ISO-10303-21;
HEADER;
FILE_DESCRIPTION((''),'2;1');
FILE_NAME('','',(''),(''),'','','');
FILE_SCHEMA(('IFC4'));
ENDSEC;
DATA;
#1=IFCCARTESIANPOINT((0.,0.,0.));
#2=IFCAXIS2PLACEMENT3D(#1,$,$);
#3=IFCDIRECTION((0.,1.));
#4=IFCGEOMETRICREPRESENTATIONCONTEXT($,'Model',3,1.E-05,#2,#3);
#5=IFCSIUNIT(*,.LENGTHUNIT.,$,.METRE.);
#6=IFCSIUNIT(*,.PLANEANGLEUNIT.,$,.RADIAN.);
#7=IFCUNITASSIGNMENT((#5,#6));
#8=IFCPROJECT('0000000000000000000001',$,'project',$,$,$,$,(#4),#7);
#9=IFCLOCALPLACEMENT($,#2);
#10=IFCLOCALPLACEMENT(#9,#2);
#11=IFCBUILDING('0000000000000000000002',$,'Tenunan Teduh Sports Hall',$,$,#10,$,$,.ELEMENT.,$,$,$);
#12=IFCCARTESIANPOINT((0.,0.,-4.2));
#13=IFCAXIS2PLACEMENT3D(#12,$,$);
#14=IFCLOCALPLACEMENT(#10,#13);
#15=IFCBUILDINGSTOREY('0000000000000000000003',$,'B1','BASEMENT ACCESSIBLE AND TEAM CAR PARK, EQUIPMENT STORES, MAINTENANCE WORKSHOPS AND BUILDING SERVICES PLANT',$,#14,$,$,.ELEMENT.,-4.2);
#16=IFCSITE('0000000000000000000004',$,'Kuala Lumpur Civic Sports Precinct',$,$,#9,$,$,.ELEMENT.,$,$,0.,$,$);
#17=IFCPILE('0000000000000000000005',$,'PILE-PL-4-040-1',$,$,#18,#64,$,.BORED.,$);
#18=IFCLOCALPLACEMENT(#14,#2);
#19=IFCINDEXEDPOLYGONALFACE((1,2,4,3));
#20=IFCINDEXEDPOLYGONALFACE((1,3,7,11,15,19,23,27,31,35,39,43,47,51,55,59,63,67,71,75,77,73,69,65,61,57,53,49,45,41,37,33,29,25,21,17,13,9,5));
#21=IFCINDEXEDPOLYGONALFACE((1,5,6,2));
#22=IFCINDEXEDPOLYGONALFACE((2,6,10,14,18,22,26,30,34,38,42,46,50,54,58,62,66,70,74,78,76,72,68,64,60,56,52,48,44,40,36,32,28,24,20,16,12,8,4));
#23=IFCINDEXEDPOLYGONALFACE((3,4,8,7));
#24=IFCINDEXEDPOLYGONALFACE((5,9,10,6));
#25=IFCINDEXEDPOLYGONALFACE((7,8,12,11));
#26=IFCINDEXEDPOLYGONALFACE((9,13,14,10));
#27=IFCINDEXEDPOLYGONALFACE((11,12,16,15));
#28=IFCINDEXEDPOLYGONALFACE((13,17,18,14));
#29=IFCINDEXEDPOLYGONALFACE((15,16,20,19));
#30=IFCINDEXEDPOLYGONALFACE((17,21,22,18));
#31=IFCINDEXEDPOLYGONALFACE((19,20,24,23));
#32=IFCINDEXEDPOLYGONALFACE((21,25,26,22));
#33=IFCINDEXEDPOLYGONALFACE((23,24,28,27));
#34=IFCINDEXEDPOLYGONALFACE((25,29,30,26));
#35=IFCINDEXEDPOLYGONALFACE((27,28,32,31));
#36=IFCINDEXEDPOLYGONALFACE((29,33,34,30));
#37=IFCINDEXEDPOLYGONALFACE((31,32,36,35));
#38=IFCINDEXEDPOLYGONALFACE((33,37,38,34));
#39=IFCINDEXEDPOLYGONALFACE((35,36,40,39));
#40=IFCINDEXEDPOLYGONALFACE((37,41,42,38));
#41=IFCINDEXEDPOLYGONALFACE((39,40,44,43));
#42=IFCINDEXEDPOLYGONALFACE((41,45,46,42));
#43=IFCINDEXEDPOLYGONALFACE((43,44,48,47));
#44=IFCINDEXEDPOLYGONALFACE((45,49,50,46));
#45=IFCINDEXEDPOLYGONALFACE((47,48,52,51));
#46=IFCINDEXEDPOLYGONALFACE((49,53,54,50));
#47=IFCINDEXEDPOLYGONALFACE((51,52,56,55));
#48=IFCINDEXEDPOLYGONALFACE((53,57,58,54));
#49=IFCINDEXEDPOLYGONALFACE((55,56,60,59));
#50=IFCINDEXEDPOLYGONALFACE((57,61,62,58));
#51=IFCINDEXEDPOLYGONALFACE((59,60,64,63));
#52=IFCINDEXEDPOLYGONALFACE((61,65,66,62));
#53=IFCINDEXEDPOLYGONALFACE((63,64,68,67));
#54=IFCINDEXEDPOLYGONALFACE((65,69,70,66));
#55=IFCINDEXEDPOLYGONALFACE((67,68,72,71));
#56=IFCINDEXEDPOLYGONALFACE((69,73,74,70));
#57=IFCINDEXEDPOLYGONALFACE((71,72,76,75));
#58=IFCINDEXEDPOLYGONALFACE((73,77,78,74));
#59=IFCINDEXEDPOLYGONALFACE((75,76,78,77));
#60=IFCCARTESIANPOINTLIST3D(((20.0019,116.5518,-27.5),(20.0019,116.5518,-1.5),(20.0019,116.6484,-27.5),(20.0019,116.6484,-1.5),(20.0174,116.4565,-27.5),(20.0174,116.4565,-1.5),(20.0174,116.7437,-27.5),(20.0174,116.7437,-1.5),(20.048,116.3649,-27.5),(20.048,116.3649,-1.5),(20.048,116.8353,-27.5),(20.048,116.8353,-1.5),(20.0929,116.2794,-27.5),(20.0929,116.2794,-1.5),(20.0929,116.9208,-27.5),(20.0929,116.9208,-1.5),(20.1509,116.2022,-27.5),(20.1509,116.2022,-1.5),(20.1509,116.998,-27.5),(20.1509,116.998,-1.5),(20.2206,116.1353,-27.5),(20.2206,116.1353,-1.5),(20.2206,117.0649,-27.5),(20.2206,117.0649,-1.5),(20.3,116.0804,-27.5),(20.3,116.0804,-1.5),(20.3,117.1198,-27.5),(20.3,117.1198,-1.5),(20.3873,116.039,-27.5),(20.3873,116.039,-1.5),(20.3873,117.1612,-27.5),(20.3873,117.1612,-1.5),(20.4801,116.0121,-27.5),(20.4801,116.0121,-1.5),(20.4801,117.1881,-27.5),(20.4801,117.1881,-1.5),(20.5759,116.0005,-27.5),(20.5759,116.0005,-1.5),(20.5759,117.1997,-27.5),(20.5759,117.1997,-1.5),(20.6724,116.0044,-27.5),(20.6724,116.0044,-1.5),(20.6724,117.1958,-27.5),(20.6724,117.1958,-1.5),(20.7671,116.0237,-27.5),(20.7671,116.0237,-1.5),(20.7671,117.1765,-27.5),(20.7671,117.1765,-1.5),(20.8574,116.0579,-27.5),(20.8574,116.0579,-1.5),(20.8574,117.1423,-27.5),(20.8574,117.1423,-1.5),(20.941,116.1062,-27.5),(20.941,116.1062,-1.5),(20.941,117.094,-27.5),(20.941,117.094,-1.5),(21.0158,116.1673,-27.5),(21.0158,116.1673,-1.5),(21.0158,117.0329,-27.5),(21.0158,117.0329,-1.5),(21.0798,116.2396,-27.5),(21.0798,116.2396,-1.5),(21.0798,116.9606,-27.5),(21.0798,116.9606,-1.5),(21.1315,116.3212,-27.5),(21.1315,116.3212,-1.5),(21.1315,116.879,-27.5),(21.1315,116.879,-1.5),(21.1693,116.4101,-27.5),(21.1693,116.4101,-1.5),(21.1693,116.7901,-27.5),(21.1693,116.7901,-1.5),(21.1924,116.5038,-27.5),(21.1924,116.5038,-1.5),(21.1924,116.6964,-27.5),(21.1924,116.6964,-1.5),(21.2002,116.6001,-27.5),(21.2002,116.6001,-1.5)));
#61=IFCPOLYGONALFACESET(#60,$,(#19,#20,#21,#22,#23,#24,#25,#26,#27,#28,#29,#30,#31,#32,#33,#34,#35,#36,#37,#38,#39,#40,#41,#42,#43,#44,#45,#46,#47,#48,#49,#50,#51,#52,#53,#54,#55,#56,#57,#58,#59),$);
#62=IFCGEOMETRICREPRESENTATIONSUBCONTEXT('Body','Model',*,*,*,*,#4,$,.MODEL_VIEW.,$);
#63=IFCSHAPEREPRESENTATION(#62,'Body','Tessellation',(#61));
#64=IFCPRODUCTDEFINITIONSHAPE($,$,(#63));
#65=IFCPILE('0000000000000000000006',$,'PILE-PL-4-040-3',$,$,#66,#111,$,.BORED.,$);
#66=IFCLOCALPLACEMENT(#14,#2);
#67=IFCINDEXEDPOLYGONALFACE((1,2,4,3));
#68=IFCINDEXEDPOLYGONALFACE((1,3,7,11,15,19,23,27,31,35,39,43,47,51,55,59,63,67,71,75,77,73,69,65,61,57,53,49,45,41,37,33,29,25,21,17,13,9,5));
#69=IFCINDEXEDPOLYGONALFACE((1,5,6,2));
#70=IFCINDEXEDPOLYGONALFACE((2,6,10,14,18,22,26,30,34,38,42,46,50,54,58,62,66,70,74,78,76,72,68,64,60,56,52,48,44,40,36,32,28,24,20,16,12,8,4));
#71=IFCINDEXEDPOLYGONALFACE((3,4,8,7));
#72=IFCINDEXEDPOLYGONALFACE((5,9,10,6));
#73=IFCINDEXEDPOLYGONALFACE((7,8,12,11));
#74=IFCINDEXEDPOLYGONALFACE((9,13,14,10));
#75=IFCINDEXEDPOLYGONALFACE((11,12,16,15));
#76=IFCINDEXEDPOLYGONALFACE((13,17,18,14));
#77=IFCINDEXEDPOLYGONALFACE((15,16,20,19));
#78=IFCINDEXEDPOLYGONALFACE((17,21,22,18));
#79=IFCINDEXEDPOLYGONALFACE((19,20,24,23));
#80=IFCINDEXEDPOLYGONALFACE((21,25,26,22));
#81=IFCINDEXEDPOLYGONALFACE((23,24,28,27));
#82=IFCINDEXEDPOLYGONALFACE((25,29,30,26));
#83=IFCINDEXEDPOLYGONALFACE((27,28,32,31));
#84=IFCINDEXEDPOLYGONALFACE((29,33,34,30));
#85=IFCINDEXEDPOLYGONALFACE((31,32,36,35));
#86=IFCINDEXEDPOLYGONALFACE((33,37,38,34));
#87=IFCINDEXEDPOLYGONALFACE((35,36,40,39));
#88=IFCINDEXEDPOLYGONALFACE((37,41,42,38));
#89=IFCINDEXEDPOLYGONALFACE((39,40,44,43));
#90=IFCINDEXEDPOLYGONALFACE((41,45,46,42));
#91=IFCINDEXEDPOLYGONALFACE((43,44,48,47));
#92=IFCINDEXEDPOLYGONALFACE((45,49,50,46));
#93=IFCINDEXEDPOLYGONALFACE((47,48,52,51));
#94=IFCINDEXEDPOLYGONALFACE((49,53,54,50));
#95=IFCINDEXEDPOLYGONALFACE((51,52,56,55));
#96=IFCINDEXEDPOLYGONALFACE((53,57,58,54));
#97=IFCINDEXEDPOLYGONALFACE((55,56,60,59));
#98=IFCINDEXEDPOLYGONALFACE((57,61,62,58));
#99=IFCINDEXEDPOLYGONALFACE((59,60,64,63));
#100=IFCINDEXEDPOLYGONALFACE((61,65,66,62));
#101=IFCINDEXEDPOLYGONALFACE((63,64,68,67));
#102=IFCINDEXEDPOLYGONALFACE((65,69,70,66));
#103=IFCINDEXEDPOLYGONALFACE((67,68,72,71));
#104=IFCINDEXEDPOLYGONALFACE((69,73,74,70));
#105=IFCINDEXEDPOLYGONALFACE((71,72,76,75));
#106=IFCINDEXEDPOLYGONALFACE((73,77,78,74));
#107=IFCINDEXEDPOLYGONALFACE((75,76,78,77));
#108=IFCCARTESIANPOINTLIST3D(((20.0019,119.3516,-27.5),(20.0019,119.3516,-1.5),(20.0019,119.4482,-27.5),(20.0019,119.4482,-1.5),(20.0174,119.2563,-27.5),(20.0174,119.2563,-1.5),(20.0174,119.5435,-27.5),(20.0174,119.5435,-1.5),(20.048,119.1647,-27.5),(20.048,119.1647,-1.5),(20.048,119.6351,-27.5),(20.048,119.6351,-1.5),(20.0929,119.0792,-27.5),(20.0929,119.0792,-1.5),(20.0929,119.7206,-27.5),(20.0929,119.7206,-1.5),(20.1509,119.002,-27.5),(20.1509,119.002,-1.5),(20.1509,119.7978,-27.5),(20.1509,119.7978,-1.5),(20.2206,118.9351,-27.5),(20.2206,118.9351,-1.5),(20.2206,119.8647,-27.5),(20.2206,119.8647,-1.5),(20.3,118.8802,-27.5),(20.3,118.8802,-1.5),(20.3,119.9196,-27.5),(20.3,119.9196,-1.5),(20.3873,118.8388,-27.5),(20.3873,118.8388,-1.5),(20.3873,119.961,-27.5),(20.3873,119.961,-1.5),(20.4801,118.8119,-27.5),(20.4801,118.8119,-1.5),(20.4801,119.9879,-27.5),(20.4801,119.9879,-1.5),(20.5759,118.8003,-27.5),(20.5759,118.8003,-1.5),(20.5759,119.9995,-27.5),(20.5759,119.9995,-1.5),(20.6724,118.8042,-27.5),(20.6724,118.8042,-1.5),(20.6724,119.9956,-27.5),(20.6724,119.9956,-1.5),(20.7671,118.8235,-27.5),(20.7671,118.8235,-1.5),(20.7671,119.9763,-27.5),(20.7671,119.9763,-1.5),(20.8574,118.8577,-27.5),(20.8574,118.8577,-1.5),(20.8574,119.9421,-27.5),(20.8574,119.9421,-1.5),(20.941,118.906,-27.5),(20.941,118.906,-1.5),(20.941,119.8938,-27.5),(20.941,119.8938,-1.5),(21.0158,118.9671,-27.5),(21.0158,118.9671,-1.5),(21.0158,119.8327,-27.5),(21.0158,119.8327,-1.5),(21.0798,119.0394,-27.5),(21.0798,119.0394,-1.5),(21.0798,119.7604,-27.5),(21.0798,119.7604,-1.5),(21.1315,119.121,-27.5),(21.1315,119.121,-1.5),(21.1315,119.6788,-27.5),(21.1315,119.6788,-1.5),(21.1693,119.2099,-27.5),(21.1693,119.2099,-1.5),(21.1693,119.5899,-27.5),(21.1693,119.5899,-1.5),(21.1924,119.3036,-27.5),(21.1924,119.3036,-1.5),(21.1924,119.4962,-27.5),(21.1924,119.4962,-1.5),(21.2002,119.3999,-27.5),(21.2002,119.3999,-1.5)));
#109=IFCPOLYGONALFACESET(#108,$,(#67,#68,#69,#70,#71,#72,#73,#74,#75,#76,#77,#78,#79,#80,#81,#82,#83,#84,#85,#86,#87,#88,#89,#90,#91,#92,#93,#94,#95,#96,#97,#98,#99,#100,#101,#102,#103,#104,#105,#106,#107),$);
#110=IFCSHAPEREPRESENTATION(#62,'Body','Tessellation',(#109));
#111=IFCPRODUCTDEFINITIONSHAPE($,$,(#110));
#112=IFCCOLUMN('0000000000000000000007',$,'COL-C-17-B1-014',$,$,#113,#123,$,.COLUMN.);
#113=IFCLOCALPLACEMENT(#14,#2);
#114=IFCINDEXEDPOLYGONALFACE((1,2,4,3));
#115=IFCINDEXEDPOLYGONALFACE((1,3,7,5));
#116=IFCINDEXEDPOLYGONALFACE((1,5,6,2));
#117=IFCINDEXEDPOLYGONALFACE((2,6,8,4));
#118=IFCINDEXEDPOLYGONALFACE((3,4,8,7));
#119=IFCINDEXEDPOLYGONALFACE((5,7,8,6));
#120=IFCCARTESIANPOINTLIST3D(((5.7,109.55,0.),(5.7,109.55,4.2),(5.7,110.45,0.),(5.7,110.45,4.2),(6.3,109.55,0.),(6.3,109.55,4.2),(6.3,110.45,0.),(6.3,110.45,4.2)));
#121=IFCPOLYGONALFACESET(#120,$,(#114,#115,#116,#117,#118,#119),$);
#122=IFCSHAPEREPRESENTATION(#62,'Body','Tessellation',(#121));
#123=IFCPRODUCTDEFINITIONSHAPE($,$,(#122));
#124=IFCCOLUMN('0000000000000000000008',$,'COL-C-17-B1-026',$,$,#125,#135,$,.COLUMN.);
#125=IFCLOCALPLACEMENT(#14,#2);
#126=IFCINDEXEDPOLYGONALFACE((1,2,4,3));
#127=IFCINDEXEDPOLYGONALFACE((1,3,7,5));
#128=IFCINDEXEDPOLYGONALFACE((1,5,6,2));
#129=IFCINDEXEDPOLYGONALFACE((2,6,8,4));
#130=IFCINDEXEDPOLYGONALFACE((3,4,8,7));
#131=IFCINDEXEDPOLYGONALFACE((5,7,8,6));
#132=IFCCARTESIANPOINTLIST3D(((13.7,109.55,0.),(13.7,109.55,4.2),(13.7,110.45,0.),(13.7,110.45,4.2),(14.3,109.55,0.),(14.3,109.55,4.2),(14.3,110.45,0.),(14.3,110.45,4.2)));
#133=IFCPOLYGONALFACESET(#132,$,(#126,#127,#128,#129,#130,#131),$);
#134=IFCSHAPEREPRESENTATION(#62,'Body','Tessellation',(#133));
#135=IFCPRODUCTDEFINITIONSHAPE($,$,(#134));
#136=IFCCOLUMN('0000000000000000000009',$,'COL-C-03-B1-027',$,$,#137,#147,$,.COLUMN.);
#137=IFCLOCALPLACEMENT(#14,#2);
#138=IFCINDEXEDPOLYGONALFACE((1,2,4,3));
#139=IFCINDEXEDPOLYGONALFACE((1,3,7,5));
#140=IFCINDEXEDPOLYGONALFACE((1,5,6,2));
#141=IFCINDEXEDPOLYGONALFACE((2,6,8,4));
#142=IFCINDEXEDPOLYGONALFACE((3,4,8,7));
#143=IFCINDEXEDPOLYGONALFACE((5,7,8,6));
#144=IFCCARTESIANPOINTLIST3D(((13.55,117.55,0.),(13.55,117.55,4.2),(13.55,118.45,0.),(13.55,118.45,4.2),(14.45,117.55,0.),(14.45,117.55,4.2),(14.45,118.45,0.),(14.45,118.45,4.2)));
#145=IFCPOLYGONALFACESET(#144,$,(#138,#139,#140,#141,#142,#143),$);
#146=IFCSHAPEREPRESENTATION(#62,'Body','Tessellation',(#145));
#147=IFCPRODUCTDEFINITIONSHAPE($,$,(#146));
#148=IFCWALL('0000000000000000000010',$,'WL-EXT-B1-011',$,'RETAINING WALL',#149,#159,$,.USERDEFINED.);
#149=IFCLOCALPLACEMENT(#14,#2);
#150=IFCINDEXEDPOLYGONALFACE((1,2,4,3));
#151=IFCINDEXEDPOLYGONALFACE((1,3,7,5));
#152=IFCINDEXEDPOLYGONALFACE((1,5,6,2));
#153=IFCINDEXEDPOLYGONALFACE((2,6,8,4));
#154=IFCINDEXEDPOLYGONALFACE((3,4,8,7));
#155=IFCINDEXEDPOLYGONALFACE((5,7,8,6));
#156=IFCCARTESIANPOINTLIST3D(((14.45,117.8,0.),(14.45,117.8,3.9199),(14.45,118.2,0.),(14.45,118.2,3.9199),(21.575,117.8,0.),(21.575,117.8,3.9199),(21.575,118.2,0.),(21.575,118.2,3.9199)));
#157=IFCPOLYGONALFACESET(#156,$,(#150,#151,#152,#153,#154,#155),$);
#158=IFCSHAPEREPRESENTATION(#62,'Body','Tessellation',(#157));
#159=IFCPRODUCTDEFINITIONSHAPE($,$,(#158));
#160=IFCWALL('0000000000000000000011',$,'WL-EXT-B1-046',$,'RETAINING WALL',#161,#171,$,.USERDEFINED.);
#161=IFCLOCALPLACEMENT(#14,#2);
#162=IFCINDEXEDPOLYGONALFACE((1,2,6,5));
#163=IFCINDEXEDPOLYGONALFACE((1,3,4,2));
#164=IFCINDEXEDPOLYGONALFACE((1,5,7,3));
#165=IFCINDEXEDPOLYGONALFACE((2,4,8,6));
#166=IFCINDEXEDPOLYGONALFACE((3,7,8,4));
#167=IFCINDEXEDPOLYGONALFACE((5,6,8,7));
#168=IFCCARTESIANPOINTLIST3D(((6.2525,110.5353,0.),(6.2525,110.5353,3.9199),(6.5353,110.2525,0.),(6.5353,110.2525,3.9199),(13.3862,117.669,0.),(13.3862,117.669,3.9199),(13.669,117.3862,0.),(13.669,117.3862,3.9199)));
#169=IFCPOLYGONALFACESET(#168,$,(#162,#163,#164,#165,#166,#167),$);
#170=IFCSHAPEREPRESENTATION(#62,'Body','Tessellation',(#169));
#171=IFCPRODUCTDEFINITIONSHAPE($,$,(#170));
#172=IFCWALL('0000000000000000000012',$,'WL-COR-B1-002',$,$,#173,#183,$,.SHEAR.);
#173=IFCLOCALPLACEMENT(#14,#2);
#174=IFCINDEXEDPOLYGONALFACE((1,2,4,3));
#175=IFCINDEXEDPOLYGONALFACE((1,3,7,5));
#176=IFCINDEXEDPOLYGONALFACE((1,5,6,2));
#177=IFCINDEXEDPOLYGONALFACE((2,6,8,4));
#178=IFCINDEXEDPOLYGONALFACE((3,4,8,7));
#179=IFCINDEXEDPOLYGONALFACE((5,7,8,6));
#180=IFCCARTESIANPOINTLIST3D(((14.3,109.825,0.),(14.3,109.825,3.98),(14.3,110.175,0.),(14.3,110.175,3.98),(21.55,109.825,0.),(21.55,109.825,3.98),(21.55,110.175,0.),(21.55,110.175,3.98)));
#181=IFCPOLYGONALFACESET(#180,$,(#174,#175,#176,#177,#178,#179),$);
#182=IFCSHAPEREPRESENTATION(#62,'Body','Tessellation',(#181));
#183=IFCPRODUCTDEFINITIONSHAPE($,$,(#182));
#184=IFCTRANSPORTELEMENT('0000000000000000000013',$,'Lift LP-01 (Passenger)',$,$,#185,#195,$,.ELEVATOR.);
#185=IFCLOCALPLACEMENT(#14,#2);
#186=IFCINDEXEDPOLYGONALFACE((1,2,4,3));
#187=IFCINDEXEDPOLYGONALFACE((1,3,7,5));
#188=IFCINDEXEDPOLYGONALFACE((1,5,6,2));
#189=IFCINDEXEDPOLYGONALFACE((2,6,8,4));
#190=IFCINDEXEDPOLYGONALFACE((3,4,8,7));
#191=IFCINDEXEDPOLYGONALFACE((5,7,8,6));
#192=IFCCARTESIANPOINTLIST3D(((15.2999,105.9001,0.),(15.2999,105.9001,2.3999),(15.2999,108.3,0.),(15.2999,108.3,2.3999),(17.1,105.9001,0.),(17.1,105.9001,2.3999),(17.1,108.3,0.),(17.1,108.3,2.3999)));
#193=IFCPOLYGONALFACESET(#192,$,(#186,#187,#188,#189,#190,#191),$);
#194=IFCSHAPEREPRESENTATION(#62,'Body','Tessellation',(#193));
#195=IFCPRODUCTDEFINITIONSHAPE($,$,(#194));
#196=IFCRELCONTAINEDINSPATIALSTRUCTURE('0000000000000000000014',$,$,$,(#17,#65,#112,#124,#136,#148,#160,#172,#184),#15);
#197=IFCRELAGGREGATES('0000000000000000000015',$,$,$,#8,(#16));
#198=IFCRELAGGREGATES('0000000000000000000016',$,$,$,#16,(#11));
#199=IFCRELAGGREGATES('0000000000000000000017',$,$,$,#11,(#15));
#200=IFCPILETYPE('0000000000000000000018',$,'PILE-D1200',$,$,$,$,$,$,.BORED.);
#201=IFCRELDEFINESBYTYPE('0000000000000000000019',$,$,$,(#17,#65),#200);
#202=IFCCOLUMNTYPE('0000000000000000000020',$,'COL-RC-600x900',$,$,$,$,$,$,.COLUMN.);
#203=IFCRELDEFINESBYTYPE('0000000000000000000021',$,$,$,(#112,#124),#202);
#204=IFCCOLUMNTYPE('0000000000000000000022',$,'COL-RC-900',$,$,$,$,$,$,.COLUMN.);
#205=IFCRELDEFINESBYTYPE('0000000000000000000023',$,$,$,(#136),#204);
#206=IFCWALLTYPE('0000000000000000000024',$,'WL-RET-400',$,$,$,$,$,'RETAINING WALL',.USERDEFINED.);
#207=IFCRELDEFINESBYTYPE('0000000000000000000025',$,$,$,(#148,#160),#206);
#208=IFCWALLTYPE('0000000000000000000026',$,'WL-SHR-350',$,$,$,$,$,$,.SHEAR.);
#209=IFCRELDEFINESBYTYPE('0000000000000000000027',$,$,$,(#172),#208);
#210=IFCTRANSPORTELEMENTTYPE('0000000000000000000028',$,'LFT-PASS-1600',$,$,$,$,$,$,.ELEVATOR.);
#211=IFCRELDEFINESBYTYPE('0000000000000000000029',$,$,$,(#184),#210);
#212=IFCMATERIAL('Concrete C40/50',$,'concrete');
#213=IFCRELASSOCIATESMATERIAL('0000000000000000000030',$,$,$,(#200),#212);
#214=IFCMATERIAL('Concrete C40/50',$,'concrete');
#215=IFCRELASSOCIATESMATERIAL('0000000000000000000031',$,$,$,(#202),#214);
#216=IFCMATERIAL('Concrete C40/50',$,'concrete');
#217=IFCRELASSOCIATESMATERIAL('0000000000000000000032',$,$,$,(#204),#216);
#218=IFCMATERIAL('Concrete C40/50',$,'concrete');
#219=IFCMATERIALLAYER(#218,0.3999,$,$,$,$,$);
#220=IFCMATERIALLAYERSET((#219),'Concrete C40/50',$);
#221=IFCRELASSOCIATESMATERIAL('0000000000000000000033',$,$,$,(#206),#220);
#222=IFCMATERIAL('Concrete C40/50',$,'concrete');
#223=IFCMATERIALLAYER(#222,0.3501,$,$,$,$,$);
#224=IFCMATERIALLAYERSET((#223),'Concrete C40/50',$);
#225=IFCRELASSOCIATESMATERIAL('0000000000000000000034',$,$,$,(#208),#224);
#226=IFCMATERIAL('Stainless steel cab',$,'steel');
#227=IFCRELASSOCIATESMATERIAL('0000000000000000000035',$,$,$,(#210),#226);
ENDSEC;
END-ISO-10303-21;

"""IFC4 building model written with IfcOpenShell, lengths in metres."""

from ifc_helpers import new_model, si_unit, direction, frame, frame_2d, origin, origin_2d, place, context, subcontext, project, spatial, rectangle, circle, extrude, material, layer, layer_set, material_profile, profile_set, type_object, element, save


model = new_model("IFC4")

# Units and contexts
model_context = context("Model", 3, precision=1e-05, world=origin(), true_north=direction((0.0, 1.0)))
body_context = subcontext(model_context, "Body", "Model", "MODEL_VIEW")
ifc_project = project(units=[si_unit("LENGTHUNIT", "METRE"), si_unit("PLANEANGLEUNIT", "RADIAN")], contexts=[model_context])

# Site, building, storey
site_placement = place(None, origin())
site = spatial("IfcSite", under=ifc_project, at=site_placement, Name="Kuala Lumpur Civic Sports Precinct", CompositionType="ELEMENT", RefElevation=0.0)
building_placement = place(site_placement, origin())
building = spatial("IfcBuilding", under=site, at=building_placement, Name="Tenunan Teduh Sports Hall", CompositionType="ELEMENT")
storey_placement = place(building_placement, frame((0.0, 0.0, -4.2)))
storey = spatial("IfcBuildingStorey", under=building, at=storey_placement, Name="B1", Description="BASEMENT ACCESSIBLE AND TEAM CAR PARK, EQUIPMENT STORES, MAINTENANCE WORKSHOPS AND BUILDING SERVICES PLANT", CompositionType="ELEMENT", Elevation=-4.2)

# Piles
ifc_material_1 = material(Name="Concrete C40/50", Category="concrete")
ifc_material_profile_1 = material_profile(ifc_material_1, circle(Radius=0.6001, at=origin_2d()), Name="PILE D1200")
ifc_profile_set_1 = profile_set([ifc_material_profile_1], Name="Concrete C40/50")
pile_type = type_object("IfcPileType", Name="PILE-D1200", PredefinedType="BORED", material=ifc_profile_set_1)
for number, where, z_axis, x_axis, name in (
    (1, (20.6001, 116.6001, -1.5), (0.0, 0.0, -1.0), (1.0, 0.0, 0.0), "PILE-PL-4-040-1"),
    (2, (20.6001, 119.3999, -1.5), (0.0, 0.0, -1.0), (1.0, 0.0, 0.0), "PILE-PL-4-040-3"),
):
    element("IfcPile", number, at=place(storey_placement, frame(where, z_axis=z_axis, x_axis=x_axis)), inside=storey, type_object=pile_type, Name=name, PredefinedType="BORED", context=body_context, shape_type="SweptSolid", body=[
        extrude(circle(Radius=0.6001, at=origin_2d()), origin(), (0.0, 0.0, 1.0), 26.0),
    ])

# Columns
ifc_material_2 = material(Name="Concrete C40/50", Category="concrete")
ifc_material_profile_2 = material_profile(ifc_material_2, rectangle(XDim=0.6001, YDim=0.8999, at=origin_2d()), Name="RC 600x900")
ifc_profile_set_2 = profile_set([ifc_material_profile_2], Name="Concrete C40/50")
column_type_1 = type_object("IfcColumnType", Name="COL-RC-600x900", PredefinedType="COLUMN", material=ifc_profile_set_2)
for number, where, z_axis, x_axis, name in (
    (3, (6.0, 110.0, 0.0), (0.0, 0.0, 1.0), (1.0, 0.0, 0.0), "COL-C-17-B1-014"),
    (4, (14.0, 110.0, 0.0), (0.0, 0.0, 1.0), (1.0, 0.0, 0.0), "COL-C-17-B1-026"),
):
    element("IfcColumn", number, at=place(storey_placement, frame(where, z_axis=z_axis, x_axis=x_axis)), inside=storey, type_object=column_type_1, Name=name, PredefinedType="COLUMN", context=body_context, shape_type="SweptSolid", body=[
        extrude(rectangle(XDim=0.6001, YDim=0.8999, at=origin_2d()), origin(), (0.0, 0.0, 1.0), 4.2),
    ])
ifc_material_3 = material(Name="Concrete C40/50", Category="concrete")
ifc_material_profile_3 = material_profile(ifc_material_3, rectangle(XDim=0.8999, YDim=0.8999, at=origin_2d()), Name="RC 900x900")
ifc_profile_set_3 = profile_set([ifc_material_profile_3], Name="Concrete C40/50")
column_type_2 = type_object("IfcColumnType", Name="COL-RC-900", PredefinedType="COLUMN", material=ifc_profile_set_3)
column_placement = place(storey_placement, frame((14.0, 118.0, 0.0), z_axis=(0.0, 0.0, 1.0), x_axis=(1.0, 0.0, 0.0)))
element("IfcColumn", 5, at=column_placement, inside=storey, type_object=column_type_2, Name="COL-C-03-B1-027", PredefinedType="COLUMN", context=body_context, shape_type="SweptSolid", body=[
    extrude(rectangle(XDim=0.8999, YDim=0.8999, at=origin_2d()), origin(), (0.0, 0.0, 1.0), 4.2),
])

# Walls
ifc_material_4 = material(Name="Concrete C40/50", Category="concrete")
ifc_layer_1 = layer(ifc_material_4, 0.3999)
ifc_layer_set_1 = layer_set([ifc_layer_1], Name="Concrete C40/50")
wall_type_1 = type_object("IfcWallType", Name="WL-RET-400", ElementType="RETAINING WALL", PredefinedType="USERDEFINED", material=ifc_layer_set_1)
wall_1_placement = place(storey_placement, frame((14.45, 118.0, 0.0), z_axis=(0.0, 0.0, 1.0), x_axis=(1.0, 0.0, 0.0)))
element("IfcWall", 6, at=wall_1_placement, inside=storey, type_object=wall_type_1, Name="WL-EXT-B1-011", ObjectType="RETAINING WALL", PredefinedType="USERDEFINED", context=body_context, shape_type="SweptSolid", body=[
    extrude(rectangle(XDim=7.125, YDim=0.3999, at=frame_2d((3.5625, 0.0))), origin(), (0.0, 0.0, 1.0), 3.9199),
])
wall_2_placement = place(storey_placement, frame((6.3938, 110.3938, 0.0), z_axis=(0.0, 0.0, 1.0), x_axis=(0.707107, 0.707107, 0.0)))
element("IfcWall", 7, at=wall_2_placement, inside=storey, type_object=wall_type_1, Name="WL-EXT-B1-046", ObjectType="RETAINING WALL", PredefinedType="USERDEFINED", context=body_context, shape_type="SweptSolid", body=[
    extrude(rectangle(XDim=10.0886, YDim=0.3999, at=frame_2d((5.0444, 0.0))), origin(), (0.0, 0.0, 1.0), 3.9199),
])
ifc_material_5 = material(Name="Concrete C40/50", Category="concrete")
ifc_layer_2 = layer(ifc_material_5, 0.3501)
ifc_layer_set_2 = layer_set([ifc_layer_2], Name="Concrete C40/50")
wall_type_2 = type_object("IfcWallType", Name="WL-SHR-350", PredefinedType="SHEAR", material=ifc_layer_set_2)
wall_3_placement = place(storey_placement, frame((14.3, 110.0, 0.0), z_axis=(0.0, 0.0, 1.0), x_axis=(1.0, 0.0, 0.0)))
element("IfcWall", 8, at=wall_3_placement, inside=storey, type_object=wall_type_2, Name="WL-COR-B1-002", PredefinedType="SHEAR", context=body_context, shape_type="SweptSolid", body=[
    extrude(rectangle(XDim=7.25, YDim=0.3501, at=frame_2d((3.625, 0.0))), origin(), (0.0, 0.0, 1.0), 3.98),
])

# Transport element
ifc_material_6 = material(Name="Stainless steel cab", Category="steel")
transport_element_type = type_object("IfcTransportElementType", Name="LFT-PASS-1600", PredefinedType="ELEVATOR", material=ifc_material_6)
for number, where, z_axis, x_axis, name in (
    (9, (16.2, 107.1001, 0.0), (0.0, 0.0, 1.0), (1.0, 0.0, 0.0), "Lift LP-01 (Passenger)"),
):
    element("IfcTransportElement", number, at=place(storey_placement, frame(where, z_axis=z_axis, x_axis=x_axis)), inside=storey, type_object=transport_element_type, Name=name, PredefinedType="ELEVATOR", context=body_context, shape_type="SweptSolid", body=[
        extrude(rectangle(XDim=1.8, YDim=2.3999, at=origin_2d()), origin(), (0.0, 0.0, 1.0), 2.3999),
    ])

save(model, "model.ifc")
